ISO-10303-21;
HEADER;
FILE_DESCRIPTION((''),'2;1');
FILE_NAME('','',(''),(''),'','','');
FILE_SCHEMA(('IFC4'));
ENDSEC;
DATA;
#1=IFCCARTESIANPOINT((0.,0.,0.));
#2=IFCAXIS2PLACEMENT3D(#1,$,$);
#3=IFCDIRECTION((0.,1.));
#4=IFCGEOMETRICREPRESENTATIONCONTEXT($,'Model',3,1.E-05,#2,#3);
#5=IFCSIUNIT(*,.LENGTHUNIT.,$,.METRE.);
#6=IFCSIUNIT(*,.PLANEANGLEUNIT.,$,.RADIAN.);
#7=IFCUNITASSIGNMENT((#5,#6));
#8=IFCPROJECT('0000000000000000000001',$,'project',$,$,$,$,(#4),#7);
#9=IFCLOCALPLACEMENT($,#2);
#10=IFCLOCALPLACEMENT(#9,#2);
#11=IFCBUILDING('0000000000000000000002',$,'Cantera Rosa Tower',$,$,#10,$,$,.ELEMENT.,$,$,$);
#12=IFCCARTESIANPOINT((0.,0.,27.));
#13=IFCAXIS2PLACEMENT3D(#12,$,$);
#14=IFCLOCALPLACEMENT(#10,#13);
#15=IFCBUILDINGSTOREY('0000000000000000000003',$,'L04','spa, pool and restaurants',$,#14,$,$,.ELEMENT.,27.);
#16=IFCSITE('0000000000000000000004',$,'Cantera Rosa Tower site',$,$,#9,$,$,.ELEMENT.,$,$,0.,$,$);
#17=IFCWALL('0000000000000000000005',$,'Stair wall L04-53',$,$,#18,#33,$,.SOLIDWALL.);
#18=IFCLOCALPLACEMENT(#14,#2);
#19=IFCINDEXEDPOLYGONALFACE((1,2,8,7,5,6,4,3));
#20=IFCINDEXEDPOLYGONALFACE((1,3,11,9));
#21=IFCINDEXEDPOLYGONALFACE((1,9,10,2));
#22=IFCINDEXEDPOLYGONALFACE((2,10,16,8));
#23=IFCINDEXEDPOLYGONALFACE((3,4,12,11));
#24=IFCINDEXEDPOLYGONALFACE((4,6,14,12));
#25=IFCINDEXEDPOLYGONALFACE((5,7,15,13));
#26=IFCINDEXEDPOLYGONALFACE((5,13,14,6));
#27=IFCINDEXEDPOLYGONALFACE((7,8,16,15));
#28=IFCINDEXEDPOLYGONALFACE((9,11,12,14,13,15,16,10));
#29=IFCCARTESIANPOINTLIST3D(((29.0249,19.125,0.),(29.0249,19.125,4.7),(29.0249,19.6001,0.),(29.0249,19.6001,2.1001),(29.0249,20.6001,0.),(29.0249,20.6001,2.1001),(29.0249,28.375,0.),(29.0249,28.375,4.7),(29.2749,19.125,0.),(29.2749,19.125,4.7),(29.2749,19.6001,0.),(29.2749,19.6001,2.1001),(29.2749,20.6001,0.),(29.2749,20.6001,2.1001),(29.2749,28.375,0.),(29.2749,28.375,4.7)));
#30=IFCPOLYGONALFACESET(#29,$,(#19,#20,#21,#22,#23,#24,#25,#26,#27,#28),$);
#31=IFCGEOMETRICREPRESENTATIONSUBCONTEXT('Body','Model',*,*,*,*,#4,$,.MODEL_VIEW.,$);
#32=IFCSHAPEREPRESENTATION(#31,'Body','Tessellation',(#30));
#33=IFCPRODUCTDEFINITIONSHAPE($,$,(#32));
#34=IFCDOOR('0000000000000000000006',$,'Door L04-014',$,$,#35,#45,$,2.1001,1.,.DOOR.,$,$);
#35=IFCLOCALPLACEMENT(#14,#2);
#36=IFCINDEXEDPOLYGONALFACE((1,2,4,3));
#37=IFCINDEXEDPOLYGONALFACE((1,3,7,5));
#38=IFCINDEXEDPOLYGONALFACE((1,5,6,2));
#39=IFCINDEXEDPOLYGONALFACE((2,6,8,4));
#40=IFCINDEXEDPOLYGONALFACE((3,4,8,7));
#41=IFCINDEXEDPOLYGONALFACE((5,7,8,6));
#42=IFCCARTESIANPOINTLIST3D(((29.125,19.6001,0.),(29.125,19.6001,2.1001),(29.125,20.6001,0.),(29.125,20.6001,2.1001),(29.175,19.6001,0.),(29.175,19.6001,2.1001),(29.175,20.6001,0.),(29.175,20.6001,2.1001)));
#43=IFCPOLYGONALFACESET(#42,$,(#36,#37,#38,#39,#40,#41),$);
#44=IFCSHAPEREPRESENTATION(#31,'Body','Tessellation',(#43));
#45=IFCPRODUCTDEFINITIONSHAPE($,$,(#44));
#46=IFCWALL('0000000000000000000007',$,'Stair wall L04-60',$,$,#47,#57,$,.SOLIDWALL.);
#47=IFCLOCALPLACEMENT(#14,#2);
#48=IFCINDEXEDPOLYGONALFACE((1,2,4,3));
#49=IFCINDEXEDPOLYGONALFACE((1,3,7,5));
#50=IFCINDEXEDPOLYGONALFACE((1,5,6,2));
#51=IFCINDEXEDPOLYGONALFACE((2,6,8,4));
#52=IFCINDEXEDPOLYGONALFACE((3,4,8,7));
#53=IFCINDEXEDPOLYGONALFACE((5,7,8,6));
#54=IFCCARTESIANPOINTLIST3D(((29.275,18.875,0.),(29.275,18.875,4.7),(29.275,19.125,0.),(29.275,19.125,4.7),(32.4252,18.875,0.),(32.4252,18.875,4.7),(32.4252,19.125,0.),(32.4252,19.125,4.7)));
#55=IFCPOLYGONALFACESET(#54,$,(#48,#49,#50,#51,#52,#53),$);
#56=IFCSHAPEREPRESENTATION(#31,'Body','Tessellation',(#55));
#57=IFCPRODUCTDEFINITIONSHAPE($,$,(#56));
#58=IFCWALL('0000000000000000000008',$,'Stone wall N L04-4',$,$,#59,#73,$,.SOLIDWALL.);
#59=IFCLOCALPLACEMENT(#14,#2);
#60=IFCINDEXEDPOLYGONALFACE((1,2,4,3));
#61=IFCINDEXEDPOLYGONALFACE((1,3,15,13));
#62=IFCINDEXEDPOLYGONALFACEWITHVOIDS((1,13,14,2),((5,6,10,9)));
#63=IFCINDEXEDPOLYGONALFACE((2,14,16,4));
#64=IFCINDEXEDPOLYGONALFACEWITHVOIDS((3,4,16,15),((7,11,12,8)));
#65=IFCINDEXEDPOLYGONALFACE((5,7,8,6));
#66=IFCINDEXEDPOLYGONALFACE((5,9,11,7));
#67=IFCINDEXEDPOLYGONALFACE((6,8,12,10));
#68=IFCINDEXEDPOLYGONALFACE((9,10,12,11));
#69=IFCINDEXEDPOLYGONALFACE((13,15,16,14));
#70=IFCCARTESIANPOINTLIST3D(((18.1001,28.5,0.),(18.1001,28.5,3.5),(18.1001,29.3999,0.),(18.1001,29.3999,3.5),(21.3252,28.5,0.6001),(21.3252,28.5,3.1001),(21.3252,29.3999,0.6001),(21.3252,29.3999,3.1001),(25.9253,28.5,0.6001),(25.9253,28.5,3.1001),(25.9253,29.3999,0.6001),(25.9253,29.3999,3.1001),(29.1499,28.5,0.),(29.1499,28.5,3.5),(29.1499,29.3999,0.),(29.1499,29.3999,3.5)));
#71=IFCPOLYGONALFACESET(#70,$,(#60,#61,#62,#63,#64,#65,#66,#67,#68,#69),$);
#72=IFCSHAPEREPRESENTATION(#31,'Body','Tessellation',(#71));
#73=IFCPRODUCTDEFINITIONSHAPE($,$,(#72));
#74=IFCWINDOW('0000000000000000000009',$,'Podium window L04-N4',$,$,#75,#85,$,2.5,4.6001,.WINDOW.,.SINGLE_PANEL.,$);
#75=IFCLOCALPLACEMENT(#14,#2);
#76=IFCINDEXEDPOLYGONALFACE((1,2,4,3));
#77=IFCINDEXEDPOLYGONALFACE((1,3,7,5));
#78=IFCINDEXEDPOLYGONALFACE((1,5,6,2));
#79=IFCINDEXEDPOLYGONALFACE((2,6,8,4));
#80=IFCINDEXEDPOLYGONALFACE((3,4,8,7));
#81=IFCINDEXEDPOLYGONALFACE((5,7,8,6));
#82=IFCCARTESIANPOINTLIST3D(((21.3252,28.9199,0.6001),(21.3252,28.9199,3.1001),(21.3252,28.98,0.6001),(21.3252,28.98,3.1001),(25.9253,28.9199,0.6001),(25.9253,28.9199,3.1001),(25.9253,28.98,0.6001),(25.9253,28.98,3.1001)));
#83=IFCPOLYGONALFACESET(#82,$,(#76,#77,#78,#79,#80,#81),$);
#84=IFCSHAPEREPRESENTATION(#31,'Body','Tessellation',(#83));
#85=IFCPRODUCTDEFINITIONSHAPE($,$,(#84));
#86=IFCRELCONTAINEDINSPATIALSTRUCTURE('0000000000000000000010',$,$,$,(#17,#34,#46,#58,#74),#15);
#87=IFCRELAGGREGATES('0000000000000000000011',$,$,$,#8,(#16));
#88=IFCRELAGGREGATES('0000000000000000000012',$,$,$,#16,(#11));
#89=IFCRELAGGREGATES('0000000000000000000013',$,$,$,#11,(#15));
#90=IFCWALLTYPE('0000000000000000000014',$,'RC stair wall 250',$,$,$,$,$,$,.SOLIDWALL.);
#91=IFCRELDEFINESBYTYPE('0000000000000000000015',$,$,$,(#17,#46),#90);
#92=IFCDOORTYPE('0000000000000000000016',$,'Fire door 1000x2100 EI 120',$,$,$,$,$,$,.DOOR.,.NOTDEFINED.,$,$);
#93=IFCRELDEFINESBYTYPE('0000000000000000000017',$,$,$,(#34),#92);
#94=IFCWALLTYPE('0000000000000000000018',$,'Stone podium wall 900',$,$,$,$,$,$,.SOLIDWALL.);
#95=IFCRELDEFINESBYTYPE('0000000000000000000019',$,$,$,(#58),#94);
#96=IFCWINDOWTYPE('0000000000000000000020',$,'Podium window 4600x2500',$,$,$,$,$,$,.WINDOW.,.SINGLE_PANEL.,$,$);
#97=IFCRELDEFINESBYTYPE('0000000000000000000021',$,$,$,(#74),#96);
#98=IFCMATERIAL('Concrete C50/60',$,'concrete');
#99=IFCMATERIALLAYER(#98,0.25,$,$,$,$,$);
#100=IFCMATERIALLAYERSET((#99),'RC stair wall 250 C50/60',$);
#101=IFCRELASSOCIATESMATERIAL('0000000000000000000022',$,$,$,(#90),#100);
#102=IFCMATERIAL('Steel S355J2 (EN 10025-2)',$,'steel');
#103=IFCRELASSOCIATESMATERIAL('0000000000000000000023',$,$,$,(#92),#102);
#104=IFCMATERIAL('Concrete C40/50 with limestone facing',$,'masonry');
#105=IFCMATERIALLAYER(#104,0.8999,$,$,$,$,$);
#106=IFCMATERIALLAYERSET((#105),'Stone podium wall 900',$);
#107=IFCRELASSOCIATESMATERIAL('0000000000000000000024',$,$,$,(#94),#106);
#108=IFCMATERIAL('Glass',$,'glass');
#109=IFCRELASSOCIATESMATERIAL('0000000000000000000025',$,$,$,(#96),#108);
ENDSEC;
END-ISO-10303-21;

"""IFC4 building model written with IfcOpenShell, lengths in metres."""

from ifc_helpers import new_model, si_unit, direction, frame, frame_2d, origin, place, context, subcontext, project, spatial, rectangle, extrude, material, layer, layer_set, type_object, element, fill, save


model = new_model("IFC4")

# Units and contexts
model_context = context("Model", 3, precision=1e-05, world=origin(), true_north=direction((0.0, 1.0)))
body_context = subcontext(model_context, "Body", "Model", "MODEL_VIEW")
ifc_project = project(units=[si_unit("LENGTHUNIT", "METRE"), si_unit("PLANEANGLEUNIT", "RADIAN")], contexts=[model_context])

# Site, building, storey
site_placement = place(None, origin())
site = spatial("IfcSite", under=ifc_project, at=site_placement, Name="Cantera Rosa Tower site", CompositionType="ELEMENT", RefElevation=0.0)
building_placement = place(site_placement, origin())
building = spatial("IfcBuilding", under=site, at=building_placement, Name="Cantera Rosa Tower", CompositionType="ELEMENT")
storey_placement = place(building_placement, frame((0.0, 0.0, 27.0)))
storey = spatial("IfcBuildingStorey", under=building, at=storey_placement, Name="L04", Description="spa, pool and restaurants", CompositionType="ELEMENT", Elevation=27.0)

# Shared definitions
ifc_material_1 = material(Name="Concrete C50/60", Category="concrete")
ifc_layer_1 = layer(ifc_material_1, 0.25)
ifc_layer_set_1 = layer_set([ifc_layer_1], Name="RC stair wall 250 C50/60")
wall_type_1 = type_object("IfcWallType", Name="RC stair wall 250", PredefinedType="SOLIDWALL", material=ifc_layer_set_1)

# Wall, opening, door
wall_1_placement = place(storey_placement, frame((29.1499, 19.125, 0.0), z_axis=(0.0, 0.0, 1.0), x_axis=(0.0, 1.0, 0.0)))
wall_1 = element("IfcWall", 1, at=wall_1_placement, inside=storey, type_object=wall_type_1, Name="Stair wall L04-53", PredefinedType="SOLIDWALL", context=body_context, shape_type="SweptSolid", body=[
    extrude(rectangle(XDim=9.25, YDim=0.25, at=frame_2d((4.625, 0.0))), origin(), (0.0, 0.0, 1.0), 4.7),
])
opening_1_placement = place(wall_1_placement, frame((0.4751, 0.0, 0.0)))
opening_1 = element("IfcOpeningElement", 2, at=opening_1_placement, cuts=wall_1, PredefinedType="OPENING", context=body_context, shape_type="SweptSolid", body=[
    extrude(rectangle(XDim=1.0, YDim=2.1001, at=frame_2d((0.5, 1.05))), frame((0.0, 0.135, 0.0), z_axis=(0.0, -1.0, 0.0), x_axis=(1.0, 0.0, 0.0)), (0.0, 0.0, 1.0), 0.27),
])
ifc_material_2 = material(Name="Steel S355J2 (EN 10025-2)", Category="steel")
door_type_1 = type_object("IfcDoorType", Name="Fire door 1000x2100 EI 120", OperationType="NOTDEFINED", PredefinedType="DOOR", material=ifc_material_2)
door_1_placement = place(opening_1_placement, origin())
door_1 = element("IfcDoor", 3, at=door_1_placement, inside=storey, type_object=door_type_1, Name="Door L04-014", OverallHeight=2.1001, OverallWidth=1.0, PredefinedType="DOOR", context=body_context, shape_type="SweptSolid", body=[
    extrude(rectangle(XDim=1.0, YDim=2.1001, at=frame_2d((0.5, 1.05))), frame((0.0, 0.0249, 0.0), z_axis=(0.0, -1.0, 0.0), x_axis=(1.0, 0.0, 0.0)), (0.0, 0.0, 1.0), 0.05),
])
fill(opening_1, door_1)

# Wall
wall_2_placement = place(storey_placement, frame((29.2749, 19.0, 0.0), z_axis=(0.0, 0.0, 1.0), x_axis=(1.0, 0.0, 0.0)))
element("IfcWall", 4, at=wall_2_placement, inside=storey, type_object=wall_type_1, Name="Stair wall L04-60", PredefinedType="SOLIDWALL", context=body_context, shape_type="SweptSolid", body=[
    extrude(rectangle(XDim=3.1501, YDim=0.25, at=frame_2d((1.5752, 0.0))), origin(), (0.0, 0.0, 1.0), 4.7),
])

# Wall, opening, window
ifc_material_3 = material(Name="Concrete C40/50 with limestone facing", Category="masonry")
ifc_layer_2 = layer(ifc_material_3, 0.8999)
ifc_layer_set_2 = layer_set([ifc_layer_2], Name="Stone podium wall 900")
wall_type_2 = type_object("IfcWallType", Name="Stone podium wall 900", PredefinedType="SOLIDWALL", material=ifc_layer_set_2)
wall_3_placement = place(storey_placement, frame((18.1001, 28.95, 0.0), z_axis=(0.0, 0.0, 1.0), x_axis=(1.0, 0.0, 0.0)))
wall_3 = element("IfcWall", 5, at=wall_3_placement, inside=storey, type_object=wall_type_2, Name="Stone wall N L04-4", PredefinedType="SOLIDWALL", context=body_context, shape_type="SweptSolid", body=[
    extrude(rectangle(XDim=11.0498, YDim=0.8999, at=frame_2d((5.5249, 0.0))), origin(), (0.0, 0.0, 1.0), 3.5),
])
opening_2_placement = place(wall_3_placement, frame((3.2251, 0.0, 0.6001)))
opening_2 = element("IfcOpeningElement", 6, at=opening_2_placement, cuts=wall_3, PredefinedType="OPENING", context=body_context, shape_type="SweptSolid", body=[
    extrude(rectangle(XDim=4.6001, YDim=2.5, at=frame_2d((2.3, 1.25))), frame((0.0, 0.46, 0.0), z_axis=(0.0, -1.0, 0.0), x_axis=(1.0, 0.0, 0.0)), (0.0, 0.0, 1.0), 0.9199),
])
ifc_material_4 = material(Name="Glass", Category="glass")
window_type = type_object("IfcWindowType", Name="Podium window 4600x2500", PartitioningType="SINGLE_PANEL", PredefinedType="WINDOW", material=ifc_material_4)
window_placement = place(opening_2_placement, origin())
window = element("IfcWindow", 7, at=window_placement, inside=storey, type_object=window_type, Name="Podium window L04-N4", OverallHeight=2.5, OverallWidth=4.6001, PartitioningType="SINGLE_PANEL", PredefinedType="WINDOW", context=body_context, shape_type="SweptSolid", body=[
    extrude(rectangle(XDim=4.6001, YDim=2.5, at=frame_2d((2.3, 1.25))), frame((0.0, 0.03, 0.0), z_axis=(0.0, -1.0, 0.0), x_axis=(1.0, 0.0, 0.0)), (0.0, 0.0, 1.0), 0.0601),
])
fill(opening_2, window)

save(model, "model.ifc")
